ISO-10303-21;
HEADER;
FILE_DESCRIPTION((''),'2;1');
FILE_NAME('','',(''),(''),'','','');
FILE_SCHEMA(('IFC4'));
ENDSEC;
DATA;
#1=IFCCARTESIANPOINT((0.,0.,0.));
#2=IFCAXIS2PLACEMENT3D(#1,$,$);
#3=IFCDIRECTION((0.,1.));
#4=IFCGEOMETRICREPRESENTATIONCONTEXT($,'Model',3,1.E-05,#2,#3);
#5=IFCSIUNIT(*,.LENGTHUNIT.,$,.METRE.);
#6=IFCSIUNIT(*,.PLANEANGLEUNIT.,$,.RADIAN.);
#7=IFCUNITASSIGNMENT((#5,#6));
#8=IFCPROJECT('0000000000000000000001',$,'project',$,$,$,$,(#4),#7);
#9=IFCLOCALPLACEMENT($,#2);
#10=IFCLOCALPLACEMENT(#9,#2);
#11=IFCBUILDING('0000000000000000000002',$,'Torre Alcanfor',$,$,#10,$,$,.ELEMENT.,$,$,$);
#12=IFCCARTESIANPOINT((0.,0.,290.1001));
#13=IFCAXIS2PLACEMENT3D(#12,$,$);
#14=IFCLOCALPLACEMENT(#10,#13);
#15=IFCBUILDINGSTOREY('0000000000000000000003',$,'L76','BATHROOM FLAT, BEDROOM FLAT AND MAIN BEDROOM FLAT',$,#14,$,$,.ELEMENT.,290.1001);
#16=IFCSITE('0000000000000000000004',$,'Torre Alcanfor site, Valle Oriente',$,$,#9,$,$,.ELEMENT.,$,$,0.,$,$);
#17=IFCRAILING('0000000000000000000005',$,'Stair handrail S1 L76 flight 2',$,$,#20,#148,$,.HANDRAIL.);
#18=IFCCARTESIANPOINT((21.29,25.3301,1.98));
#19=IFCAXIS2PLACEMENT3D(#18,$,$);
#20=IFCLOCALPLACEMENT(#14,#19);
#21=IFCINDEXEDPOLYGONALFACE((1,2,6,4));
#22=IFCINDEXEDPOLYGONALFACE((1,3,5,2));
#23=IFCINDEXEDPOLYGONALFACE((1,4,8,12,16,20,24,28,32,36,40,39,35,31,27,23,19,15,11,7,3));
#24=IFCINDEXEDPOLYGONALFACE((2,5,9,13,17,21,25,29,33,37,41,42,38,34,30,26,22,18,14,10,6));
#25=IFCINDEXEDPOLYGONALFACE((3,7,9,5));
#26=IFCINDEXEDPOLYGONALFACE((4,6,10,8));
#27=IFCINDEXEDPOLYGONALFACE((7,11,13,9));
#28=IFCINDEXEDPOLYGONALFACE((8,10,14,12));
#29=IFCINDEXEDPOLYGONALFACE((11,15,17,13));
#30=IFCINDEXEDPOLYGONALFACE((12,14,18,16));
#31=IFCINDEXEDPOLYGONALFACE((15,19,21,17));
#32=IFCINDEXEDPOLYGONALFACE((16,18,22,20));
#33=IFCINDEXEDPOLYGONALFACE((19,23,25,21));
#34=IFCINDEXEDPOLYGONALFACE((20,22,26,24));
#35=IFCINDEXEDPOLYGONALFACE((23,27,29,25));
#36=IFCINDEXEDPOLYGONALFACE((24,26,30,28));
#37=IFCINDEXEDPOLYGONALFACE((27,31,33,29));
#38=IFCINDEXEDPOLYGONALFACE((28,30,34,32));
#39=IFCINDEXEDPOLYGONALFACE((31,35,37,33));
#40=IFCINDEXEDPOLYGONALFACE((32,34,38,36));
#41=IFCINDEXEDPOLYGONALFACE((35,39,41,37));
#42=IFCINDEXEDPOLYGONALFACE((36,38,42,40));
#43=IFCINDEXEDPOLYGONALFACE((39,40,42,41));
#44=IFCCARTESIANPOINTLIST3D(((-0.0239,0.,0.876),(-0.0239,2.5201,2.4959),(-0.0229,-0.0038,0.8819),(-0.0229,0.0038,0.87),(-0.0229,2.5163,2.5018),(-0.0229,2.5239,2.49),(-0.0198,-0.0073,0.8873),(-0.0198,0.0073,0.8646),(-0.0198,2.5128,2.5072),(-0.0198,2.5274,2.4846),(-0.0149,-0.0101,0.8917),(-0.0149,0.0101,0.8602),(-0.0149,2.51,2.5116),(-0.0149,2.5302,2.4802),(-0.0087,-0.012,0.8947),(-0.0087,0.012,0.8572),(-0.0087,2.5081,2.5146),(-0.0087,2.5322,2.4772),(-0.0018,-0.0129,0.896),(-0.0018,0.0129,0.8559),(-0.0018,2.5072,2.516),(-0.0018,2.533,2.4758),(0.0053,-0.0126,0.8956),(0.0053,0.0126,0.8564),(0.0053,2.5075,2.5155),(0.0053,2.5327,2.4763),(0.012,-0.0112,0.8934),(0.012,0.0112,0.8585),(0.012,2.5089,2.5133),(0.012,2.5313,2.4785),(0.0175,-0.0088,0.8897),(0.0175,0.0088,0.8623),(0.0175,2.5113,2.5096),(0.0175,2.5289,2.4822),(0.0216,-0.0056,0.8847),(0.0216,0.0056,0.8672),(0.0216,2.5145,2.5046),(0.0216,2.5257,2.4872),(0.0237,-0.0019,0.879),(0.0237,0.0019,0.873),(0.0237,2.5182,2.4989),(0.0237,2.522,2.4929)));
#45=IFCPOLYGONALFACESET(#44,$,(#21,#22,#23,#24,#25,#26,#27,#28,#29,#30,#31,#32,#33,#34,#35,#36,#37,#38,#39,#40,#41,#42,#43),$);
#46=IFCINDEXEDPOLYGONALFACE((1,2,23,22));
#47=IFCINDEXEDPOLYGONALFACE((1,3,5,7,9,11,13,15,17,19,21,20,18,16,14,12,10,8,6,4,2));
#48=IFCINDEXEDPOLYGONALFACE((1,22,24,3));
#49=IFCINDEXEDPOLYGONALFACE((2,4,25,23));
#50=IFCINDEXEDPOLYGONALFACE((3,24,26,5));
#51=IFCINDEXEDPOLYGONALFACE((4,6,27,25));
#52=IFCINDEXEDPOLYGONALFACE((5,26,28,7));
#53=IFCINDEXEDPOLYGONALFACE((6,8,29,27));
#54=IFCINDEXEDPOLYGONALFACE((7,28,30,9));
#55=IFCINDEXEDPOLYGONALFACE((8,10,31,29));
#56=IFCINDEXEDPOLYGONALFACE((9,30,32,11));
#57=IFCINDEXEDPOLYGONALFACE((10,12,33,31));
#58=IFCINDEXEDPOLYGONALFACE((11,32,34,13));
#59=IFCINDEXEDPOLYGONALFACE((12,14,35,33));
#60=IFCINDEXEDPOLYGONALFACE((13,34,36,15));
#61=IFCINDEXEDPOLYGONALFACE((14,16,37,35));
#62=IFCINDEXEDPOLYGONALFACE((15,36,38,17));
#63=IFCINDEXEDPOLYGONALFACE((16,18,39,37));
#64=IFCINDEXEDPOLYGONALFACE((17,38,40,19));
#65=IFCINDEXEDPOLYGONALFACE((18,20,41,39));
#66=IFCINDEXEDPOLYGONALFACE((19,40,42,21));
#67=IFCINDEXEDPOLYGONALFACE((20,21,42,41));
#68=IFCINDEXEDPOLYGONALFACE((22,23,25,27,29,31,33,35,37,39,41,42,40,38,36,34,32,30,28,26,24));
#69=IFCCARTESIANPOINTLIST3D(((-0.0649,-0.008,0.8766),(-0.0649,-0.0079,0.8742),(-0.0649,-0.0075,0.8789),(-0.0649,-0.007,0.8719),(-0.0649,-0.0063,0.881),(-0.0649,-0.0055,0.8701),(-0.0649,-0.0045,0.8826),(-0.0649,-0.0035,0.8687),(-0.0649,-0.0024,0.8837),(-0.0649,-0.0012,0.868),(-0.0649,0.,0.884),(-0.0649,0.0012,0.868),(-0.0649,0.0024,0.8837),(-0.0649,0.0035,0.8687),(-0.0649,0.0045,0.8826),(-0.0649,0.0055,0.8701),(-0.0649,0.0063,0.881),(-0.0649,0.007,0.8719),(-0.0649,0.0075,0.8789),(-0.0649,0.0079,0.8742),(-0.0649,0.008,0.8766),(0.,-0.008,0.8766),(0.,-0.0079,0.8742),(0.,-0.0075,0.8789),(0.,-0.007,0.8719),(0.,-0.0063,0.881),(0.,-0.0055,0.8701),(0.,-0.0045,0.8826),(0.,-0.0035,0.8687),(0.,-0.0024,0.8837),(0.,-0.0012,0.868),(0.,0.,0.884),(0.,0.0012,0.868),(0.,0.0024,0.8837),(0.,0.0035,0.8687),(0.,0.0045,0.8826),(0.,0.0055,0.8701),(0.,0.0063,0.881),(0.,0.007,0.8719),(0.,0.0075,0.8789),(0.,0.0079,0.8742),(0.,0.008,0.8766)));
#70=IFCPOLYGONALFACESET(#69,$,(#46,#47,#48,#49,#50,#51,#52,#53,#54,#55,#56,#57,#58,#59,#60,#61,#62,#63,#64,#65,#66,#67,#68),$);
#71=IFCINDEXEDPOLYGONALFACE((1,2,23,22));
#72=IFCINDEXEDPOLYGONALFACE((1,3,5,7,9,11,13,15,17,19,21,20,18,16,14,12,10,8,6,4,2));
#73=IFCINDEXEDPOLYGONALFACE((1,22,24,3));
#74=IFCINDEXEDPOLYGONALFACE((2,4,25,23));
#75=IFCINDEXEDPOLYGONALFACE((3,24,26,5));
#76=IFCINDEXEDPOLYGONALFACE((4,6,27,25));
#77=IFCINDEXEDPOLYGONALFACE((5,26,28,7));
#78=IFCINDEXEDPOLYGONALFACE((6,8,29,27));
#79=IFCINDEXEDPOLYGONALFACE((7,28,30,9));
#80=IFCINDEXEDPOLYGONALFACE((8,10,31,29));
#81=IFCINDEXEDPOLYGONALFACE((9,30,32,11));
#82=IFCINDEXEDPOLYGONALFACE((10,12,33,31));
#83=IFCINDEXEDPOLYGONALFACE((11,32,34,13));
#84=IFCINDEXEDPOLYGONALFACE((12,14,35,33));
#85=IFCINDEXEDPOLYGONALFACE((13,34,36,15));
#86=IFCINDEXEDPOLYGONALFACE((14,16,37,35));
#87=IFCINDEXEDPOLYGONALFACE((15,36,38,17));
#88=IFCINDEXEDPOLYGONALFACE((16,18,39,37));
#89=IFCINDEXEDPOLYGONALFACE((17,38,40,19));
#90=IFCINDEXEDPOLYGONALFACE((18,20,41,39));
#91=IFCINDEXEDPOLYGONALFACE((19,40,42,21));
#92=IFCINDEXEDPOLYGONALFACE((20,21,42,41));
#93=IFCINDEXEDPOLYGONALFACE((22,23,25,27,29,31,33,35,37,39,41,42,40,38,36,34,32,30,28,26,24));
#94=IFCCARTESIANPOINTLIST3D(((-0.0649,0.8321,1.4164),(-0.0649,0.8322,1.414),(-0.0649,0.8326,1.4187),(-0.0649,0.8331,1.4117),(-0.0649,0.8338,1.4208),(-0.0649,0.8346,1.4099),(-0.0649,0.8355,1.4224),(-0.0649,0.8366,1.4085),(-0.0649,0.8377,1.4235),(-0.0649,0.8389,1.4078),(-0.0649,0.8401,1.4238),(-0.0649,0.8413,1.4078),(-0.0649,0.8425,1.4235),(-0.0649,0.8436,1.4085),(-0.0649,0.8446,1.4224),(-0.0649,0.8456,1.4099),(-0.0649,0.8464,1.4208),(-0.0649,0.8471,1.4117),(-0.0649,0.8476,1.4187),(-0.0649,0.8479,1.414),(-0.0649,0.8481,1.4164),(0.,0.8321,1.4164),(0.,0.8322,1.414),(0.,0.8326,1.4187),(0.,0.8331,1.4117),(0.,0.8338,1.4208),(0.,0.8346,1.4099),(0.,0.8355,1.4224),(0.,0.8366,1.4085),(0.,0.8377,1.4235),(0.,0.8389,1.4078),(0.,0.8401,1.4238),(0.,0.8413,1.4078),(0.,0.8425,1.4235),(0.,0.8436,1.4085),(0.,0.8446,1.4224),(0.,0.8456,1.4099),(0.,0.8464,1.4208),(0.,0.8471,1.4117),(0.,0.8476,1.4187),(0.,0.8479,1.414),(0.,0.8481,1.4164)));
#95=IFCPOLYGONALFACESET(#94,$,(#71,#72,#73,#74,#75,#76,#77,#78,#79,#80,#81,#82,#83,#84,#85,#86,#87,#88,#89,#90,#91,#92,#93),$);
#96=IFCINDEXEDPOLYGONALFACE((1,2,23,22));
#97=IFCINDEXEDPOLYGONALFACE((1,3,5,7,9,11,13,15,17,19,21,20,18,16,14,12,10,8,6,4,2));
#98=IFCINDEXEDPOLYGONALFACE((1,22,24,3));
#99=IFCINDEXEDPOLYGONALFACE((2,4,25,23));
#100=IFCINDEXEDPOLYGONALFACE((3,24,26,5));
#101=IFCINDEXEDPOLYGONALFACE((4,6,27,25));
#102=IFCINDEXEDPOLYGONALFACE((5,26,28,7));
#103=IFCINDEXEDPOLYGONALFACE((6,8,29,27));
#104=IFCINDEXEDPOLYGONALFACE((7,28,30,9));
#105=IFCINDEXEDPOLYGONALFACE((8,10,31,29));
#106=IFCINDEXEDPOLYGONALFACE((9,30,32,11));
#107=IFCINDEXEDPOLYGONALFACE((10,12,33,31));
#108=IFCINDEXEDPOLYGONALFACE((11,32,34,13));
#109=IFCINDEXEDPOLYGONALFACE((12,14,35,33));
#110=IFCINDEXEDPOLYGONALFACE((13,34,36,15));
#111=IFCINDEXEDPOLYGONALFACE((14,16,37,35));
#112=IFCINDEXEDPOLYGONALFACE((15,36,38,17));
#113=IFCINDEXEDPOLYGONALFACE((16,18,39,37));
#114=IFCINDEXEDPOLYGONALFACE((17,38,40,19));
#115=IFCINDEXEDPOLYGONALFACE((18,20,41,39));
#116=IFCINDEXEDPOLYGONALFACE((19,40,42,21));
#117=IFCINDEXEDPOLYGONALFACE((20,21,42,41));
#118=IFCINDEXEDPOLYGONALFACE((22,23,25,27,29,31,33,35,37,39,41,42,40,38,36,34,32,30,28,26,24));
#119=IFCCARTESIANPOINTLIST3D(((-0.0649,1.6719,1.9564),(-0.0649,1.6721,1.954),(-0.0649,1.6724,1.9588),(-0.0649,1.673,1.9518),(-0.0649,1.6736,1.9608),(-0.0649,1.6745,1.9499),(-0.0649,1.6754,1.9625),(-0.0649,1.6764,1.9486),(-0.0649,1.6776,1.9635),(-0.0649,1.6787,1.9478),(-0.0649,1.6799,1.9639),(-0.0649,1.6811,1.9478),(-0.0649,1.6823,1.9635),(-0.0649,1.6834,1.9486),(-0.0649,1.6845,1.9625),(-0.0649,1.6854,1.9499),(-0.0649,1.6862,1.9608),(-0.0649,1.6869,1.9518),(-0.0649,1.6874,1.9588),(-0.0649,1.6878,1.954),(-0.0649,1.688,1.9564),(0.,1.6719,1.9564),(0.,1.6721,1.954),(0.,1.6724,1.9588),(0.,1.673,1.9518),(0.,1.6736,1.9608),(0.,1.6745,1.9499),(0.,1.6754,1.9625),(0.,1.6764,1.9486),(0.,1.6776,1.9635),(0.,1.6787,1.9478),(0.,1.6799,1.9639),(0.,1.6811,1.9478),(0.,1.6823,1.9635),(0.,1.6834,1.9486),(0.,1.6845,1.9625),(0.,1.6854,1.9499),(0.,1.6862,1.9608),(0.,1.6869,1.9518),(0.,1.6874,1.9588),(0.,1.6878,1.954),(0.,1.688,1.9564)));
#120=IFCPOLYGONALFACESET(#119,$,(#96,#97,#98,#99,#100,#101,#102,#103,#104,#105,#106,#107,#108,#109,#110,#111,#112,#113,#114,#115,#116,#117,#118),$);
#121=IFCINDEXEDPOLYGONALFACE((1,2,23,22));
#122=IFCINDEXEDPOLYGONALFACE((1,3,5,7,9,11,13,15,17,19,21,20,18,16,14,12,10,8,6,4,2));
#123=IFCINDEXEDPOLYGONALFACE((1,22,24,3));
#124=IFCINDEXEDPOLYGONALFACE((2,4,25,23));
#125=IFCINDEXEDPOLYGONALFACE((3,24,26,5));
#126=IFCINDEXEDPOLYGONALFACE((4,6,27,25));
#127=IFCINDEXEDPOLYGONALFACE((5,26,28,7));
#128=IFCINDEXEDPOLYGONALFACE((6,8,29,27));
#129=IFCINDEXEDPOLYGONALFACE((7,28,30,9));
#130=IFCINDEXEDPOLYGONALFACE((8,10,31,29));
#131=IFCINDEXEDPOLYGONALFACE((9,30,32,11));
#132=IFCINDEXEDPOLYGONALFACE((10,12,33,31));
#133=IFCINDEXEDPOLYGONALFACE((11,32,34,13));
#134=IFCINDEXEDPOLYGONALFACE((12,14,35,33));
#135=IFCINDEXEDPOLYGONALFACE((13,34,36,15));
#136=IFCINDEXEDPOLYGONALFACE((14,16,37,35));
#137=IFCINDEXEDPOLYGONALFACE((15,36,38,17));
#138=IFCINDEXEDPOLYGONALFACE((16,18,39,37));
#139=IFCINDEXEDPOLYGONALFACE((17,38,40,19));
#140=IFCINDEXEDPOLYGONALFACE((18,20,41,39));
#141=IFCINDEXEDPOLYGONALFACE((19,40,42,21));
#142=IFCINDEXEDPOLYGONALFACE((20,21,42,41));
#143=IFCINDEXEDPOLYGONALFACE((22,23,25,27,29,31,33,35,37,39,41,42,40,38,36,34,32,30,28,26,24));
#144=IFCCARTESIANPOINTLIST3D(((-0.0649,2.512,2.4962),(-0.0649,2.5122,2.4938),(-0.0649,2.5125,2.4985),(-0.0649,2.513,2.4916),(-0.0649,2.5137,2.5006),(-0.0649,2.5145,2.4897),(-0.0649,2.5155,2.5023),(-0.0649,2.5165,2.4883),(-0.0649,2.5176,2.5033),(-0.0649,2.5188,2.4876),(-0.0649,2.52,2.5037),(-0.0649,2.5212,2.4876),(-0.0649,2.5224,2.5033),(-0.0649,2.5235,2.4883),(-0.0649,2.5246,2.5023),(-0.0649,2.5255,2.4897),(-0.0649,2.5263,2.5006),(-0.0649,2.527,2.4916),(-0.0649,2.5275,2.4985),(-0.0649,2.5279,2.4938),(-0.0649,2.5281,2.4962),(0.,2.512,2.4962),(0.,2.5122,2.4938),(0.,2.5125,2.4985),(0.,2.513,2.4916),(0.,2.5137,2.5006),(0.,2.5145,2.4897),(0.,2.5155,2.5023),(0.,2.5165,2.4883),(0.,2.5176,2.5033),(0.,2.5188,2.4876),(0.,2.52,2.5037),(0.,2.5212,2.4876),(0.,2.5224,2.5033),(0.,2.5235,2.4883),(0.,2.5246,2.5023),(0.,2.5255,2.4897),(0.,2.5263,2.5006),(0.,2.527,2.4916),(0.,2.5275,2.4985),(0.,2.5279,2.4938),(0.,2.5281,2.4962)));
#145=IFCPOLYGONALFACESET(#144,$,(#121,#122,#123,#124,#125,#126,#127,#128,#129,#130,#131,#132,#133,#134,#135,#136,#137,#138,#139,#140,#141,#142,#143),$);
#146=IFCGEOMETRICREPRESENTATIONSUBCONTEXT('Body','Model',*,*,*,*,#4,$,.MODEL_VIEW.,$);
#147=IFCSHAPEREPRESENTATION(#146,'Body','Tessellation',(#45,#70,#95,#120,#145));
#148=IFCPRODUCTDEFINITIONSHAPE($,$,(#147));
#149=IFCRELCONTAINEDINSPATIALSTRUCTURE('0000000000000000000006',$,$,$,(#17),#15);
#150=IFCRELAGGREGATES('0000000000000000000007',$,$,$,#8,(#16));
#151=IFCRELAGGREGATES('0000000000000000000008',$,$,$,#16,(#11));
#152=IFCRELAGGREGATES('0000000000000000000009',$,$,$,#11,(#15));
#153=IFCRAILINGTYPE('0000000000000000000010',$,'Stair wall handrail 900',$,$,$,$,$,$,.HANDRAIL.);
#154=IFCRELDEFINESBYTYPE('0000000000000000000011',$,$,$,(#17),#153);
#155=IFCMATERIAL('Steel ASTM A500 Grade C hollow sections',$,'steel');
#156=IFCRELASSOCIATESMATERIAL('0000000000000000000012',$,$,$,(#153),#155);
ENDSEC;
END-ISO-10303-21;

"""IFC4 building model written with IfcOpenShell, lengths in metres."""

from ifc_helpers import new_model, si_unit, direction, frame, origin, origin_2d, place, context, subcontext, project, spatial, circle, extrude, material, type_object, element, save


model = new_model("IFC4")

# Units and contexts
model_context = context("Model", 3, precision=1e-05, world=origin(), true_north=direction((0.0, 1.0)))
body_context = subcontext(model_context, "Body", "Model", "MODEL_VIEW")
ifc_project = project(units=[si_unit("LENGTHUNIT", "METRE"), si_unit("PLANEANGLEUNIT", "RADIAN")], contexts=[model_context])

# Site, building, storey
site_placement = place(None, origin())
site = spatial("IfcSite", under=ifc_project, at=site_placement, Name="Torre Alcanfor site, Valle Oriente", CompositionType="ELEMENT", RefElevation=0.0)
building_placement = place(site_placement, origin())
building = spatial("IfcBuilding", under=site, at=building_placement, Name="Torre Alcanfor", CompositionType="ELEMENT")
storey_placement = place(building_placement, frame((0.0, 0.0, 290.1001)))
storey = spatial("IfcBuildingStorey", under=building, at=storey_placement, Name="L76", Description="BATHROOM FLAT, BEDROOM FLAT AND MAIN BEDROOM FLAT", CompositionType="ELEMENT", Elevation=290.1001)

# Railing
ifc_material_1 = material(Name="Steel ASTM A500 Grade C hollow sections", Category="steel")
railing_type_1 = type_object("IfcRailingType", Name="Stair wall handrail 900", PredefinedType="HANDRAIL", material=ifc_material_1)
railing_1_placement = place(storey_placement, frame((21.29, 25.3301, 1.98)))
element("IfcRailing", 1, at=railing_1_placement, inside=storey, type_object=railing_type_1, Name="Stair handrail S1 L76 flight 2", PredefinedType="HANDRAIL", context=body_context, shape_type="SweptSolid", body=[
    extrude(circle(Radius=0.0239, at=origin_2d()), frame((0.0, 0.0, 0.876), z_axis=(0.0, 0.8412, 0.540725), x_axis=(-1.0, 0.0, 0.0)), (0.0, 0.0, 1.0), 2.9958),
    extrude(circle(Radius=0.0081, at=origin_2d()), frame((0.0, 0.0, 0.876), z_axis=(-1.0, 0.0, 0.0), x_axis=(0.0, 0.0, 1.0)), (0.0, 0.0, 1.0), 0.0649),
    extrude(circle(Radius=0.0081, at=origin_2d()), frame((0.0, 0.8401, 1.4158), z_axis=(-1.0, 0.0, 0.0), x_axis=(0.0, 0.0, 1.0)), (0.0, 0.0, 1.0), 0.0649),
    extrude(circle(Radius=0.0081, at=origin_2d()), frame((0.0, 1.6799, 1.9558), z_axis=(-1.0, 0.0, 0.0), x_axis=(0.0, 0.0, 1.0)), (0.0, 0.0, 1.0), 0.0649),
    extrude(circle(Radius=0.0081, at=origin_2d()), frame((0.0, 2.52, 2.4956), z_axis=(-1.0, 0.0, 0.0), x_axis=(0.0, 0.0, 1.0)), (0.0, 0.0, 1.0), 0.0649),
])

save(model, "model.ifc")
